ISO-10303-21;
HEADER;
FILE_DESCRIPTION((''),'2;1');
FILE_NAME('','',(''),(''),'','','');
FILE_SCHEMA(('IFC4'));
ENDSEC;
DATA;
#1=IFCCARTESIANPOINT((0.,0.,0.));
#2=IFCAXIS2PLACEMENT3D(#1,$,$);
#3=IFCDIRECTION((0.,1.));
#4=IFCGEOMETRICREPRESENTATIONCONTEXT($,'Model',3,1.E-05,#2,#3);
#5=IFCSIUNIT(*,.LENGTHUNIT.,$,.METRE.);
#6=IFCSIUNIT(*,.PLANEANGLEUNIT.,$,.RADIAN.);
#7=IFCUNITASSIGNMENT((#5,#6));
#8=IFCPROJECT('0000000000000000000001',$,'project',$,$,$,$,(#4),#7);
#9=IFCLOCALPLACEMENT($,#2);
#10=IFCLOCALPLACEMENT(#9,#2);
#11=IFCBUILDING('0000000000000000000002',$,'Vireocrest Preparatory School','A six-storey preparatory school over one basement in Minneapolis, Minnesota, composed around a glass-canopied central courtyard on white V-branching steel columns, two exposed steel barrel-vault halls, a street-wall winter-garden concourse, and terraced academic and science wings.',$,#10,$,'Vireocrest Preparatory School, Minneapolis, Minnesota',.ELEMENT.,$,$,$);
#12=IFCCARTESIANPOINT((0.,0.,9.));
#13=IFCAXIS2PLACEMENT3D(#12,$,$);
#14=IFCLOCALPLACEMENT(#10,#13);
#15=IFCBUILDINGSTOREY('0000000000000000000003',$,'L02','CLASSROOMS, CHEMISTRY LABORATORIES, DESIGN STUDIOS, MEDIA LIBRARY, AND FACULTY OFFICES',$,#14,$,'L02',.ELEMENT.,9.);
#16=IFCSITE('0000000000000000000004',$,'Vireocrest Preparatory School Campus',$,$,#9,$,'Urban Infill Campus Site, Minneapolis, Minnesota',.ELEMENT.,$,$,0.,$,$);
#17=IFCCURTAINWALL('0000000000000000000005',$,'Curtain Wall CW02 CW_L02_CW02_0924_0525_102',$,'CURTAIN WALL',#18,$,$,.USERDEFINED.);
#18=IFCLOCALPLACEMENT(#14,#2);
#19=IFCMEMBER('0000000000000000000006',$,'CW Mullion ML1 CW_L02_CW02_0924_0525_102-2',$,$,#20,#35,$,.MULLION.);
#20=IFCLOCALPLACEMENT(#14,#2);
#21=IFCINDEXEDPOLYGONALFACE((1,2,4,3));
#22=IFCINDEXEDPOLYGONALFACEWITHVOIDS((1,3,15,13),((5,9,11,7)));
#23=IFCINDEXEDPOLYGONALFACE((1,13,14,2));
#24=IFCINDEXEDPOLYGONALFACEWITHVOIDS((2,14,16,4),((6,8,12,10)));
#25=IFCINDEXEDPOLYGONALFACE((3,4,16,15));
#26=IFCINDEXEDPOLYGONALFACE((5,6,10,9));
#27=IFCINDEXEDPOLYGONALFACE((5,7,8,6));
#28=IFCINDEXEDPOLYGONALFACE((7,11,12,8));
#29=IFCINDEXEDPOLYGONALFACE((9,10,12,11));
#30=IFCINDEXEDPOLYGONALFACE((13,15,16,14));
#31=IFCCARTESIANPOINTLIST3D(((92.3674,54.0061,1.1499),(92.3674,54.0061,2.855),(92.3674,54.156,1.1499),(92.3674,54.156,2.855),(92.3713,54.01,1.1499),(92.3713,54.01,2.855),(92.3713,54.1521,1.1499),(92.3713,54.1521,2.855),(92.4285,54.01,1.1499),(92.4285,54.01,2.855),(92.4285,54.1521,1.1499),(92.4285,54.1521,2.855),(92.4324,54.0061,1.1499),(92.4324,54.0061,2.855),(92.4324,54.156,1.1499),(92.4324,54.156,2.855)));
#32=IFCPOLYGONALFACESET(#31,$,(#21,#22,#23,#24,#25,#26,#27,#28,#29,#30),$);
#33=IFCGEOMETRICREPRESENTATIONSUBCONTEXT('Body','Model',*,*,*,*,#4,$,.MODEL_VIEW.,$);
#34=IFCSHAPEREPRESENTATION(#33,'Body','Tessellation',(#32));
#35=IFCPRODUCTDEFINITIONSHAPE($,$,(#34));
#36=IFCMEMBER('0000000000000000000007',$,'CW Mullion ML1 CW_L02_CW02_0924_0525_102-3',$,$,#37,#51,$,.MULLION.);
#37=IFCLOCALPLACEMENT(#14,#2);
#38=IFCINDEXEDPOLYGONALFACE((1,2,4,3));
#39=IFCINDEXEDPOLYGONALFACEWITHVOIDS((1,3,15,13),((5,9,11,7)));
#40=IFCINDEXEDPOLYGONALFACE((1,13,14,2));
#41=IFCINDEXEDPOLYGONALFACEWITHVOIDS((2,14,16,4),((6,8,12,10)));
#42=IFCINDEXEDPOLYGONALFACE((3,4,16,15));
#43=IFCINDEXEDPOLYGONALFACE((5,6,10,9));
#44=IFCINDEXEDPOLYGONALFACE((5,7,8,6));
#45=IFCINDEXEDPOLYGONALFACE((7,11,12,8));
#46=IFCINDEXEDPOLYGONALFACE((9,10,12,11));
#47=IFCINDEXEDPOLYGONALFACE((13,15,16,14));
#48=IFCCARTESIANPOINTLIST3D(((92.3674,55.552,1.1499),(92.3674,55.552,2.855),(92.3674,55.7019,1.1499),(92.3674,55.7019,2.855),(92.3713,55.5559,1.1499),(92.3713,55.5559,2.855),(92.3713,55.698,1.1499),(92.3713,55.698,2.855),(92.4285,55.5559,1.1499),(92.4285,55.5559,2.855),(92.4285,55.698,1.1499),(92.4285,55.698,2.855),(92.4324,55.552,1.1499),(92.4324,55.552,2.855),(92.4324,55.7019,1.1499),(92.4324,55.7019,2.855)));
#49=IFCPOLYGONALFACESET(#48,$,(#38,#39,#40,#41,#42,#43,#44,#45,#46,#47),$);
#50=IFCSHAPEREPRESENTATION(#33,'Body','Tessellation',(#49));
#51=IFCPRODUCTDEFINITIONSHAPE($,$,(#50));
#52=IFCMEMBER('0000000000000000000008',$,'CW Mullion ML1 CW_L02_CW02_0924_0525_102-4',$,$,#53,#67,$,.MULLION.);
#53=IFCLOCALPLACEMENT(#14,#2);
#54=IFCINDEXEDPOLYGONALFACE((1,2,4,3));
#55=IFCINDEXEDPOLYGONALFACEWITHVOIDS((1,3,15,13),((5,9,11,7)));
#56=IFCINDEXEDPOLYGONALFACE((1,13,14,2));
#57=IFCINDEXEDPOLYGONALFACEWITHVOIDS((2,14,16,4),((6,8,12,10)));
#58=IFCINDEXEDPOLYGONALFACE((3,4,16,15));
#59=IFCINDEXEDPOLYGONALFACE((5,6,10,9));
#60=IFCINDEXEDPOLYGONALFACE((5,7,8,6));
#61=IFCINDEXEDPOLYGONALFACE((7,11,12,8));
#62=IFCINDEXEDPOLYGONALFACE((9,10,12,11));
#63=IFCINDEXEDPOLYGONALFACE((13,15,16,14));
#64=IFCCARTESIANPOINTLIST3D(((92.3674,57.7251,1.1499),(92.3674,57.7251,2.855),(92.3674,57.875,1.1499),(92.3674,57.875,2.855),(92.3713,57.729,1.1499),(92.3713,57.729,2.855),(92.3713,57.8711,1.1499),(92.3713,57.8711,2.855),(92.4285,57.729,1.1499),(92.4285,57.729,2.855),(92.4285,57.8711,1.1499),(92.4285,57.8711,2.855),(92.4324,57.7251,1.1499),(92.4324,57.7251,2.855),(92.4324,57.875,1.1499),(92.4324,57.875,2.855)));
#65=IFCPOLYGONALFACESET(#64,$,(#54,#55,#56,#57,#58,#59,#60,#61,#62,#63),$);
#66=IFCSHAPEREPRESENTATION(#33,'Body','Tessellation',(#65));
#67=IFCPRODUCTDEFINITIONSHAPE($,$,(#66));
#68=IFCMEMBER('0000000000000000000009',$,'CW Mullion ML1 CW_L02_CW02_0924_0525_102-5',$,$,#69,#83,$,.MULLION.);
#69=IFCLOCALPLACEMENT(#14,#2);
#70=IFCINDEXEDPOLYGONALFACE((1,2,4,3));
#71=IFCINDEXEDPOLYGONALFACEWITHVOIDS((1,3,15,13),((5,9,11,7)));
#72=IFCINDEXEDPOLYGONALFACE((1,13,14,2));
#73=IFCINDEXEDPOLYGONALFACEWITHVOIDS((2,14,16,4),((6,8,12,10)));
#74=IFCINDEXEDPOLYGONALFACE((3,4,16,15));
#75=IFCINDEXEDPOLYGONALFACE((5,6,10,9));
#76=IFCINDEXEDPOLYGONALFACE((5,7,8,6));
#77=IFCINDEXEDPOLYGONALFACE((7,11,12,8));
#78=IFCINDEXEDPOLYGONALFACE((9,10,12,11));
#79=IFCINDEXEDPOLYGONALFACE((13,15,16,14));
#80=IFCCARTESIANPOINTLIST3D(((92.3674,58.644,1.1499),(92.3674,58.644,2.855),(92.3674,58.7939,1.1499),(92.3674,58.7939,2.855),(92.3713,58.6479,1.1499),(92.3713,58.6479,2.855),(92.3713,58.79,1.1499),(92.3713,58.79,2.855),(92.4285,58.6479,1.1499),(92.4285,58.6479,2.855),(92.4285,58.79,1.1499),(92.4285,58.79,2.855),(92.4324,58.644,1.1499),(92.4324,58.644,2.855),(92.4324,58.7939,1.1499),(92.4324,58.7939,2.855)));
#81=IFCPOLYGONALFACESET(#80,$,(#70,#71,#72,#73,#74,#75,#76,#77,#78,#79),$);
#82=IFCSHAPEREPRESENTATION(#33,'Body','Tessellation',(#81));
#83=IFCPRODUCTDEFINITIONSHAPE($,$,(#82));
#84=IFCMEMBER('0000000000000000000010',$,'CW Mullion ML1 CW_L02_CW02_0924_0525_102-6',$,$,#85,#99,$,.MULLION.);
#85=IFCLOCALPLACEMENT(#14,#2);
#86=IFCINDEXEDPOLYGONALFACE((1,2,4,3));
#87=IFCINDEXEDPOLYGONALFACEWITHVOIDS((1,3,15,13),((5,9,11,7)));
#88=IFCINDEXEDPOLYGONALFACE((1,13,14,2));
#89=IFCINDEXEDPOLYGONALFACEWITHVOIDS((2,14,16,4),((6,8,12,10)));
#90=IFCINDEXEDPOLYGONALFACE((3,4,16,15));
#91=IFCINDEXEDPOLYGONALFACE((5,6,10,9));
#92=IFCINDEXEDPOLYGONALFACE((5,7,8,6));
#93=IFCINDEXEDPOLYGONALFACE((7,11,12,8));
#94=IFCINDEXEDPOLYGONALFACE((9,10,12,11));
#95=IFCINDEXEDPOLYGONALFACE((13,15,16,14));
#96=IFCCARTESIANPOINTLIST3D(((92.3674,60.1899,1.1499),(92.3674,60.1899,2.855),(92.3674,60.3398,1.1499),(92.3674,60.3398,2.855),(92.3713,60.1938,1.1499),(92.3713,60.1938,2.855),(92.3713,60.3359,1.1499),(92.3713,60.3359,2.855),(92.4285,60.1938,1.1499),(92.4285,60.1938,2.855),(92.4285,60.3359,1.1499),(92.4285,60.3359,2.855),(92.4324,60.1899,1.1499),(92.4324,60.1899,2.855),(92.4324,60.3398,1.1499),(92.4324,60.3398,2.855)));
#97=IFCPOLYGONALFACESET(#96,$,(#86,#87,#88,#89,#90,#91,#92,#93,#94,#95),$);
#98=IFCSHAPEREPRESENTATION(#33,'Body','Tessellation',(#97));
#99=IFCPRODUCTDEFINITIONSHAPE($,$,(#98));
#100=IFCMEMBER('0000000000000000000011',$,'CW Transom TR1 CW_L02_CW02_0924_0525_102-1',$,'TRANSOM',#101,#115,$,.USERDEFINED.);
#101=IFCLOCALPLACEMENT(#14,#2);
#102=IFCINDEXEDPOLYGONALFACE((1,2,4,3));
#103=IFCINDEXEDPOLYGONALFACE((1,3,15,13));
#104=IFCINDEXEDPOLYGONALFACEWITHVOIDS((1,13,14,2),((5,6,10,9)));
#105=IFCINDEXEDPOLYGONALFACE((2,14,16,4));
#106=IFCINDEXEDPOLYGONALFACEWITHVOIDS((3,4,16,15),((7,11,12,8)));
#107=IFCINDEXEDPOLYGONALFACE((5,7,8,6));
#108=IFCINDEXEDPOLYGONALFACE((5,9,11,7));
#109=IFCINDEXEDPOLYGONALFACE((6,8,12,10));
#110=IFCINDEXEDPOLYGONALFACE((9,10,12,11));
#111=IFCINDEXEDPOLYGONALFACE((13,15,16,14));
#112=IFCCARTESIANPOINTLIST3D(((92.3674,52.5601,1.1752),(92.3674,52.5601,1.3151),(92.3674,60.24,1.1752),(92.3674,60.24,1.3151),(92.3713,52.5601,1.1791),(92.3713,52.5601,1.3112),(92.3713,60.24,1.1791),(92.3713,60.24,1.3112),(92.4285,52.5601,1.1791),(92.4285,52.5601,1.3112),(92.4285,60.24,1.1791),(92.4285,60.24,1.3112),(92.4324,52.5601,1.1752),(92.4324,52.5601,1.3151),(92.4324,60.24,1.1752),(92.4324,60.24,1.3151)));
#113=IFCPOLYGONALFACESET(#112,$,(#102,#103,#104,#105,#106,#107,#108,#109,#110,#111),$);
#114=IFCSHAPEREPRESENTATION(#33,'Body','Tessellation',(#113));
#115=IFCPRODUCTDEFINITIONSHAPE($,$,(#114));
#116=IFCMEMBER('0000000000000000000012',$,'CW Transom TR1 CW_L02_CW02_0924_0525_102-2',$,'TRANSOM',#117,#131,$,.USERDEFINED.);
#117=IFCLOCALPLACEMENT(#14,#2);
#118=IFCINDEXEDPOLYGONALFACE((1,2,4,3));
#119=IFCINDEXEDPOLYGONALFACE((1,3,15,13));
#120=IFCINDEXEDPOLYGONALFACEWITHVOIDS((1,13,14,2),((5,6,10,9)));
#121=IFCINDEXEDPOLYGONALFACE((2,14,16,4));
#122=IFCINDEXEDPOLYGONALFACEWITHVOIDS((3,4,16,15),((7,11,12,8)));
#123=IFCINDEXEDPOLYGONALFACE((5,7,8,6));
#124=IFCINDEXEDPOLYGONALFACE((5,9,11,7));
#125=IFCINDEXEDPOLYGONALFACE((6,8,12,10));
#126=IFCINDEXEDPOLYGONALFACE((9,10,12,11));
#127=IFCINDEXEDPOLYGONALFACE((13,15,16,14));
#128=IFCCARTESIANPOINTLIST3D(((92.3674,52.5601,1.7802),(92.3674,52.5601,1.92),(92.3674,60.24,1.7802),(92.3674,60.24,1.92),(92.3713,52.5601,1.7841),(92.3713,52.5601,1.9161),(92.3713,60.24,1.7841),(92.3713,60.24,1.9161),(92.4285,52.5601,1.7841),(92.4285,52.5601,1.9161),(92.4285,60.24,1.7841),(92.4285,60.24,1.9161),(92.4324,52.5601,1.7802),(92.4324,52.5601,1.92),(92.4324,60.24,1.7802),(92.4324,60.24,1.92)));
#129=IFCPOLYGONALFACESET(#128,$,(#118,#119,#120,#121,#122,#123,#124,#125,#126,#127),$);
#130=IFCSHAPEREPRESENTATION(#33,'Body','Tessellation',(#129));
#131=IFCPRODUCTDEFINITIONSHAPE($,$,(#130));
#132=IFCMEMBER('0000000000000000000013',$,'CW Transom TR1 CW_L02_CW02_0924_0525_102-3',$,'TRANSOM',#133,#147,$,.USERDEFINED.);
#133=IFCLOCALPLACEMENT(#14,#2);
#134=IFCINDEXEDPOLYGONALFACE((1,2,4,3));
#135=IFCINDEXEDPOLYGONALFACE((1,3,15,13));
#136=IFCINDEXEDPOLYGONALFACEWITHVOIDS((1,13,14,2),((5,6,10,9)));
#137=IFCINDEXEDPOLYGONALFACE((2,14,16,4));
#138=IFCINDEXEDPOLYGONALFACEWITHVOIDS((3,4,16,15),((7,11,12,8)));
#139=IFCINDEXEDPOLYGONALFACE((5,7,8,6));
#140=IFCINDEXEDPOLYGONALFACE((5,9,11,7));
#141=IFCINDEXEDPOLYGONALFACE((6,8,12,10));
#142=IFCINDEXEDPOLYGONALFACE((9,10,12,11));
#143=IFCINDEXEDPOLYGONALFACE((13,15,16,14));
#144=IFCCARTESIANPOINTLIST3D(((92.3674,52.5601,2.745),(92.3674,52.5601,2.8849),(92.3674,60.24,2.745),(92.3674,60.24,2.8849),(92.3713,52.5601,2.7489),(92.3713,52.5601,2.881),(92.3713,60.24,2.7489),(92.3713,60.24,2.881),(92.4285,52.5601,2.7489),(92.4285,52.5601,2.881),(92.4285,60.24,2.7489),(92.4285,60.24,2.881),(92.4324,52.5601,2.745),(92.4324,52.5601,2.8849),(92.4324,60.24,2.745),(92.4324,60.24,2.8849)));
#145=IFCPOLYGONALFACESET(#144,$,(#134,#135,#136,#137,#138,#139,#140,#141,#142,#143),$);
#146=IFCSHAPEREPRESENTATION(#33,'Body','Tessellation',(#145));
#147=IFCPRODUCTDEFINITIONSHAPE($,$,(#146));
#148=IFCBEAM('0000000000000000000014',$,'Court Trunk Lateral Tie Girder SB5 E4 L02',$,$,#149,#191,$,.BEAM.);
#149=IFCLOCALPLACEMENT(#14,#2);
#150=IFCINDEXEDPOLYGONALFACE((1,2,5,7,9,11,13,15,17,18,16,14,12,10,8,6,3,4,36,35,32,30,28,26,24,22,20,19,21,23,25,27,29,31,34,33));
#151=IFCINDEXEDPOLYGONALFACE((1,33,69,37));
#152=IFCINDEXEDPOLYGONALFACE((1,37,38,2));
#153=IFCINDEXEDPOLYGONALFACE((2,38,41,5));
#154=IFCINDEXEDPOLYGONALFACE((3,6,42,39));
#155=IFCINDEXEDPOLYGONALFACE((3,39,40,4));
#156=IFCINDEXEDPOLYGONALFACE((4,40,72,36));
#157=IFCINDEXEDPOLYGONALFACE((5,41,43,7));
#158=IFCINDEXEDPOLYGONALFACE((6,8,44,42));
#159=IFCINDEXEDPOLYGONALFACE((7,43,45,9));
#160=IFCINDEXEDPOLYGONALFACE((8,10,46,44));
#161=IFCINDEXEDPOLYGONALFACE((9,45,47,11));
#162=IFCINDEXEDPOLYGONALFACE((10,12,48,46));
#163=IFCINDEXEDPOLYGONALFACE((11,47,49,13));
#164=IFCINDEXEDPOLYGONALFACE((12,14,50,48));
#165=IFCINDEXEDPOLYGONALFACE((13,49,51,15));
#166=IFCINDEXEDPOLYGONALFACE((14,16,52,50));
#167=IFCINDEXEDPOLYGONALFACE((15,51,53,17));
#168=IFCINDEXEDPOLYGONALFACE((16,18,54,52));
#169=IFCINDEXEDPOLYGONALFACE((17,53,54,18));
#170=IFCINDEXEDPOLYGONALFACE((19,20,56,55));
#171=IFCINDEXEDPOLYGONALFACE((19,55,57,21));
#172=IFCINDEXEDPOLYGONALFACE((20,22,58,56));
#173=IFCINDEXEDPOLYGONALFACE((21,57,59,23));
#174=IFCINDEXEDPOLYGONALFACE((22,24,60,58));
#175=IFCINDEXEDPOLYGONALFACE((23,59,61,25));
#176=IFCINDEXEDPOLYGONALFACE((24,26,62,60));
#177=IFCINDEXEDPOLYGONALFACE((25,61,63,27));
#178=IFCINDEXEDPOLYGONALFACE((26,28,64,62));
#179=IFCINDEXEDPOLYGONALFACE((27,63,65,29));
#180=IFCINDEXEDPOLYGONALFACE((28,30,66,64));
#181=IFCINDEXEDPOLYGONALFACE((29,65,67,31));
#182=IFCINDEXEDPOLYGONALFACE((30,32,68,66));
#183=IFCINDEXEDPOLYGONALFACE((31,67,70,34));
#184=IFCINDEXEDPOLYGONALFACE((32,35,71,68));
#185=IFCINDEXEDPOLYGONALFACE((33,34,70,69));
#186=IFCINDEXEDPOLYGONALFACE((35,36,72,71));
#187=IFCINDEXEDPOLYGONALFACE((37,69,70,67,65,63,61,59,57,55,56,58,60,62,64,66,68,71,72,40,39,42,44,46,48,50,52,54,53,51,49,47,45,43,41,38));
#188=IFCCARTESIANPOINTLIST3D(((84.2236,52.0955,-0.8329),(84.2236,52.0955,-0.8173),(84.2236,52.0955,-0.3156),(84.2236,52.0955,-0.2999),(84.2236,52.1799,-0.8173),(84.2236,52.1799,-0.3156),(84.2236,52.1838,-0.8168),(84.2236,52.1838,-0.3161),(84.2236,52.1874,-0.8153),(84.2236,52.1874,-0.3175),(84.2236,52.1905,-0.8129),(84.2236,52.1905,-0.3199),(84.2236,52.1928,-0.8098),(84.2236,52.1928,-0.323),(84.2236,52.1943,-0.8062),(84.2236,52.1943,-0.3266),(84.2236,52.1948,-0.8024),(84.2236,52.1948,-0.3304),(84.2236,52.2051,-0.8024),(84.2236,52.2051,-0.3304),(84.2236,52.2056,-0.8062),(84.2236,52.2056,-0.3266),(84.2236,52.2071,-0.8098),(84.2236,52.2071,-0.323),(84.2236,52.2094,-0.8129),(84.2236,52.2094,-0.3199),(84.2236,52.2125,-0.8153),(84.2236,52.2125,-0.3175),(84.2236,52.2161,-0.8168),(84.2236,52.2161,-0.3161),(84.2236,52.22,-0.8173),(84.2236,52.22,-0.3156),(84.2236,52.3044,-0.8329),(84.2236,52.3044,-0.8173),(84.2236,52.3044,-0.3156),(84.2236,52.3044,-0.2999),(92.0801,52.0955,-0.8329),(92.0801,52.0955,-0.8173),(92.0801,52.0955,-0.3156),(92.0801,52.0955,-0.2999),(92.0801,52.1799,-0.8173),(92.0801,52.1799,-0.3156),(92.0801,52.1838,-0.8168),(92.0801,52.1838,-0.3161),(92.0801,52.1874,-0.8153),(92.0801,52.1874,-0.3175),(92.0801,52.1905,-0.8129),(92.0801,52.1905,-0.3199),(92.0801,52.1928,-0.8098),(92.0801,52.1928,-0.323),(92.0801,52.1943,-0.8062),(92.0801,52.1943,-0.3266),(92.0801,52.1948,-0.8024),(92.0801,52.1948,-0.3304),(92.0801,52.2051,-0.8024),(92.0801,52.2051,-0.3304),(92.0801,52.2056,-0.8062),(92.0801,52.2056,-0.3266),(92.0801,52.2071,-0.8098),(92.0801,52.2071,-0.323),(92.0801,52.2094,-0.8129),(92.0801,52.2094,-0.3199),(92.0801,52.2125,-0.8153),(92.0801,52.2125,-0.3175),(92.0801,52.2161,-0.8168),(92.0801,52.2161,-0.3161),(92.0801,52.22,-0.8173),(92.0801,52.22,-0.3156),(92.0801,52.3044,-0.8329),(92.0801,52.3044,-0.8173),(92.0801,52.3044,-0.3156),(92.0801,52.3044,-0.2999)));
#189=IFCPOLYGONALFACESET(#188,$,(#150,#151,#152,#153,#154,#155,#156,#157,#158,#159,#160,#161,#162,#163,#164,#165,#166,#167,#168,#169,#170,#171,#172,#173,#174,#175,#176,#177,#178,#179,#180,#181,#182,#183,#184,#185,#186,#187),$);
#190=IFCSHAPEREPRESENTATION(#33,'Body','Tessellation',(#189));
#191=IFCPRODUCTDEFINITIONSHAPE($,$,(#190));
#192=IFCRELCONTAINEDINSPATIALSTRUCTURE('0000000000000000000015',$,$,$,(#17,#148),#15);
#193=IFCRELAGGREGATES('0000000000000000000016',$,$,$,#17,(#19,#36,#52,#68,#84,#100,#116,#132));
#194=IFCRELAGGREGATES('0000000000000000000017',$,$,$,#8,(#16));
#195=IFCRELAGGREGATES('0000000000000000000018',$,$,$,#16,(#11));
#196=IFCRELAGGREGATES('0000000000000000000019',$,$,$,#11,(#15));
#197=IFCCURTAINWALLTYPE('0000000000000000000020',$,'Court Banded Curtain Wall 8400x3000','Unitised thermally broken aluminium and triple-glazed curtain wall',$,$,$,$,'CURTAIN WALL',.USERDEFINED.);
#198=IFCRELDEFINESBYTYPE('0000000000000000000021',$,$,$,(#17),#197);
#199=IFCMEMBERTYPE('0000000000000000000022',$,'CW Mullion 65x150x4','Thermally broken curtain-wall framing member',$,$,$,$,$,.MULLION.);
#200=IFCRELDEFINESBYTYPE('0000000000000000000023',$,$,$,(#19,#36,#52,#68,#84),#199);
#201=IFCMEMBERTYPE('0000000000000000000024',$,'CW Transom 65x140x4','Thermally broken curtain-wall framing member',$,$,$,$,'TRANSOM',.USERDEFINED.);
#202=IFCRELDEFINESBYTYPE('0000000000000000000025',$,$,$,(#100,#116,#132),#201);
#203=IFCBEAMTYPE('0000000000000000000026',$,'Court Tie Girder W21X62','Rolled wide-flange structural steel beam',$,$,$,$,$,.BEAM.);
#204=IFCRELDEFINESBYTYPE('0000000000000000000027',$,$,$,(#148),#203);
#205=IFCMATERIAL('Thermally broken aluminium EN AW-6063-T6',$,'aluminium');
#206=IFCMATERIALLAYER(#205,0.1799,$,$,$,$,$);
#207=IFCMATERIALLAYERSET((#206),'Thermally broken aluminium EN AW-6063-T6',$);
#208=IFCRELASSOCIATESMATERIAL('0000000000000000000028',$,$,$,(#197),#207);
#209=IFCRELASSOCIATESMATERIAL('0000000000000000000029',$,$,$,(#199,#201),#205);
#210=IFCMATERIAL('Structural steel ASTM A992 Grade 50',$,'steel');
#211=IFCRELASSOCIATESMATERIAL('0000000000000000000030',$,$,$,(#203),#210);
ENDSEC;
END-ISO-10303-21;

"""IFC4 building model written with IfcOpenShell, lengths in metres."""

from ifc_helpers import new_model, si_unit, direction, frame, origin, origin_2d, place, context, subcontext, project, spatial, hollow_rectangle, i_section, extrude, material, layer, layer_set, material_profile, profile_set, type_object, element, aggregate, save


model = new_model("IFC4")

# Units and contexts
model_context = context("Model", 3, precision=1e-05, world=origin(), true_north=direction((0.0, 1.0)))
body_context = subcontext(model_context, "Body", "Model", "MODEL_VIEW")
ifc_project = project(units=[si_unit("LENGTHUNIT", "METRE"), si_unit("PLANEANGLEUNIT", "RADIAN")], contexts=[model_context])

# Site, building, storey
site_placement = place(None, origin())
site = spatial("IfcSite", under=ifc_project, at=site_placement, Name="Vireocrest Preparatory School Campus", LongName="Urban Infill Campus Site, Minneapolis, Minnesota", CompositionType="ELEMENT", RefElevation=0.0)
building_placement = place(site_placement, origin())
building = spatial("IfcBuilding", under=site, at=building_placement, Name="Vireocrest Preparatory School", Description="A six-storey preparatory school over one basement in Minneapolis, Minnesota, composed around a glass-canopied central courtyard on white V-branching steel columns, two exposed steel barrel-vault halls, a street-wall winter-garden concourse, and terraced academic and science wings.", LongName="Vireocrest Preparatory School, Minneapolis, Minnesota", CompositionType="ELEMENT")
storey_placement = place(building_placement, frame((0.0, 0.0, 9.0)))
storey = spatial("IfcBuildingStorey", under=building, at=storey_placement, Name="L02", Description="CLASSROOMS, CHEMISTRY LABORATORIES, DESIGN STUDIOS, MEDIA LIBRARY, AND FACULTY OFFICES", LongName="L02", CompositionType="ELEMENT", Elevation=9.0)

# Curtain wall, members
ifc_material_1 = material(Name="Thermally broken aluminium EN AW-6063-T6", Category="aluminium")
ifc_layer_1 = layer(ifc_material_1, 0.1799)
ifc_layer_set_1 = layer_set([ifc_layer_1], Name="Thermally broken aluminium EN AW-6063-T6")
curtain_wall_type = type_object("IfcCurtainWallType", Name="Court Banded Curtain Wall 8400x3000", Description="Unitised thermally broken aluminium and triple-glazed curtain wall", ElementType="CURTAIN WALL", PredefinedType="USERDEFINED", material=ifc_layer_set_1)
ifc_material_profile_1 = material_profile(ifc_material_1, hollow_rectangle(XDim=0.0649, YDim=0.1499, WallThickness=0.0039, at=origin_2d()), Name="ALU 65x150x4")
ifc_profile_set_1 = profile_set([ifc_material_profile_1], Name="Thermally broken aluminium EN AW-6063-T6")
member_type_1 = type_object("IfcMemberType", Name="CW Mullion 65x150x4", Description="Thermally broken curtain-wall framing member", PredefinedType="MULLION", material=ifc_profile_set_1)
curtain_wall_1_placement = place(storey_placement, origin())
curtain_wall_1 = element("IfcCurtainWall", 1, at=curtain_wall_1_placement, inside=storey, type_object=curtain_wall_type, Name="Curtain Wall CW02 CW_L02_CW02_0924_0525_102", ObjectType="CURTAIN WALL", PredefinedType="USERDEFINED")
member_1_placement = place(storey_placement, frame((92.3999, 54.0811, 1.1499), z_axis=(0.0, 0.0, 1.0), x_axis=(1.0, 0.0, 0.0)))
member_1 = element("IfcMember", 2, at=member_1_placement, type_object=member_type_1, Name="CW Mullion ML1 CW_L02_CW02_0924_0525_102-2", PredefinedType="MULLION", context=body_context, shape_type="SweptSolid", body=[
    extrude(hollow_rectangle(XDim=0.0649, YDim=0.1499, WallThickness=0.0039, at=origin_2d()), origin(), (0.0, 0.0, 1.0), 1.7051),
])
member_2_placement = place(storey_placement, frame((92.3999, 55.627, 1.1499), z_axis=(0.0, 0.0, 1.0), x_axis=(1.0, 0.0, 0.0)))
member_2 = element("IfcMember", 3, at=member_2_placement, type_object=member_type_1, Name="CW Mullion ML1 CW_L02_CW02_0924_0525_102-3", PredefinedType="MULLION", context=body_context, shape_type="SweptSolid", body=[
    extrude(hollow_rectangle(XDim=0.0649, YDim=0.1499, WallThickness=0.0039, at=origin_2d()), origin(), (0.0, 0.0, 1.0), 1.7051),
])
member_3_placement = place(storey_placement, frame((92.3999, 57.8, 1.1499), z_axis=(0.0, 0.0, 1.0), x_axis=(1.0, 0.0, 0.0)))
member_3 = element("IfcMember", 4, at=member_3_placement, type_object=member_type_1, Name="CW Mullion ML1 CW_L02_CW02_0924_0525_102-4", PredefinedType="MULLION", context=body_context, shape_type="SweptSolid", body=[
    extrude(hollow_rectangle(XDim=0.0649, YDim=0.1499, WallThickness=0.0039, at=origin_2d()), origin(), (0.0, 0.0, 1.0), 1.7051),
])
member_4_placement = place(storey_placement, frame((92.3999, 58.719, 1.1499), z_axis=(0.0, 0.0, 1.0), x_axis=(1.0, 0.0, 0.0)))
member_4 = element("IfcMember", 5, at=member_4_placement, type_object=member_type_1, Name="CW Mullion ML1 CW_L02_CW02_0924_0525_102-5", PredefinedType="MULLION", context=body_context, shape_type="SweptSolid", body=[
    extrude(hollow_rectangle(XDim=0.0649, YDim=0.1499, WallThickness=0.0039, at=origin_2d()), origin(), (0.0, 0.0, 1.0), 1.7051),
])
member_5_placement = place(storey_placement, frame((92.3999, 60.2649, 1.1499), z_axis=(0.0, 0.0, 1.0), x_axis=(1.0, 0.0, 0.0)))
member_5 = element("IfcMember", 6, at=member_5_placement, type_object=member_type_1, Name="CW Mullion ML1 CW_L02_CW02_0924_0525_102-6", PredefinedType="MULLION", context=body_context, shape_type="SweptSolid", body=[
    extrude(hollow_rectangle(XDim=0.0649, YDim=0.1499, WallThickness=0.0039, at=origin_2d()), origin(), (0.0, 0.0, 1.0), 1.7051),
])
ifc_material_profile_2 = material_profile(ifc_material_1, hollow_rectangle(XDim=0.0649, YDim=0.1399, WallThickness=0.0039, at=origin_2d()), Name="ALU 65x140x4")
ifc_profile_set_2 = profile_set([ifc_material_profile_2], Name="Thermally broken aluminium EN AW-6063-T6")
member_type_2 = type_object("IfcMemberType", Name="CW Transom 65x140x4", Description="Thermally broken curtain-wall framing member", ElementType="TRANSOM", PredefinedType="USERDEFINED", material=ifc_profile_set_2)
member_6_placement = place(storey_placement, frame((92.3999, 52.5601, 1.2451), z_axis=(0.0, 1.0, 0.0), x_axis=(-1.0, 0.0, 0.0)))
member_6 = element("IfcMember", 7, at=member_6_placement, type_object=member_type_2, Name="CW Transom TR1 CW_L02_CW02_0924_0525_102-1", ObjectType="TRANSOM", PredefinedType="USERDEFINED", context=body_context, shape_type="SweptSolid", body=[
    extrude(hollow_rectangle(XDim=0.0649, YDim=0.1399, WallThickness=0.0039, at=origin_2d()), origin(), (0.0, 0.0, 1.0), 7.6799),
])
member_7_placement = place(storey_placement, frame((92.3999, 52.5601, 1.8501), z_axis=(0.0, 1.0, 0.0), x_axis=(-1.0, 0.0, 0.0)))
member_7 = element("IfcMember", 8, at=member_7_placement, type_object=member_type_2, Name="CW Transom TR1 CW_L02_CW02_0924_0525_102-2", ObjectType="TRANSOM", PredefinedType="USERDEFINED", context=body_context, shape_type="SweptSolid", body=[
    extrude(hollow_rectangle(XDim=0.0649, YDim=0.1399, WallThickness=0.0039, at=origin_2d()), origin(), (0.0, 0.0, 1.0), 7.6799),
])
member_8_placement = place(storey_placement, frame((92.3999, 52.5601, 2.8149), z_axis=(0.0, 1.0, 0.0), x_axis=(-1.0, 0.0, 0.0)))
member_8 = element("IfcMember", 9, at=member_8_placement, type_object=member_type_2, Name="CW Transom TR1 CW_L02_CW02_0924_0525_102-3", ObjectType="TRANSOM", PredefinedType="USERDEFINED", context=body_context, shape_type="SweptSolid", body=[
    extrude(hollow_rectangle(XDim=0.0649, YDim=0.1399, WallThickness=0.0039, at=origin_2d()), origin(), (0.0, 0.0, 1.0), 7.6799),
])

# Beam
ifc_material_2 = material(Name="Structural steel ASTM A992 Grade 50", Category="steel")
ifc_material_profile_3 = material_profile(ifc_material_2, i_section(OverallWidth=0.209, OverallDepth=0.533, WebThickness=0.0103, FlangeThickness=0.0156, FilletRadius=0.0149, at=origin_2d()), Name="W21X62")
ifc_profile_set_3 = profile_set([ifc_material_profile_3], Name="Structural steel ASTM A992 Grade 50")
beam_type_1 = type_object("IfcBeamType", Name="Court Tie Girder W21X62", Description="Rolled wide-flange structural steel beam", PredefinedType="BEAM", material=ifc_profile_set_3)
for number, where, z_axis, x_axis, name in (
    (10, (84.2236, 52.2, -0.5664), (1.0, 0.0, 0.0), (0.0, 1.0, 0.0), "Court Trunk Lateral Tie Girder SB5 E4 L02"),
):
    element("IfcBeam", number, at=place(storey_placement, frame(where, z_axis=z_axis, x_axis=x_axis)), inside=storey, type_object=beam_type_1, Name=name, PredefinedType="BEAM", context=body_context, shape_type="SweptSolid", body=[
        extrude(i_section(OverallWidth=0.209, OverallDepth=0.533, WebThickness=0.0103, FlangeThickness=0.0156, FilletRadius=0.0149, at=origin_2d()), origin(), (0.0, 0.0, 1.0), 7.8564),
    ])

aggregate(curtain_wall_1, [member_1, member_2, member_3, member_4, member_5, member_6, member_7, member_8])

save(model, "model.ifc")
